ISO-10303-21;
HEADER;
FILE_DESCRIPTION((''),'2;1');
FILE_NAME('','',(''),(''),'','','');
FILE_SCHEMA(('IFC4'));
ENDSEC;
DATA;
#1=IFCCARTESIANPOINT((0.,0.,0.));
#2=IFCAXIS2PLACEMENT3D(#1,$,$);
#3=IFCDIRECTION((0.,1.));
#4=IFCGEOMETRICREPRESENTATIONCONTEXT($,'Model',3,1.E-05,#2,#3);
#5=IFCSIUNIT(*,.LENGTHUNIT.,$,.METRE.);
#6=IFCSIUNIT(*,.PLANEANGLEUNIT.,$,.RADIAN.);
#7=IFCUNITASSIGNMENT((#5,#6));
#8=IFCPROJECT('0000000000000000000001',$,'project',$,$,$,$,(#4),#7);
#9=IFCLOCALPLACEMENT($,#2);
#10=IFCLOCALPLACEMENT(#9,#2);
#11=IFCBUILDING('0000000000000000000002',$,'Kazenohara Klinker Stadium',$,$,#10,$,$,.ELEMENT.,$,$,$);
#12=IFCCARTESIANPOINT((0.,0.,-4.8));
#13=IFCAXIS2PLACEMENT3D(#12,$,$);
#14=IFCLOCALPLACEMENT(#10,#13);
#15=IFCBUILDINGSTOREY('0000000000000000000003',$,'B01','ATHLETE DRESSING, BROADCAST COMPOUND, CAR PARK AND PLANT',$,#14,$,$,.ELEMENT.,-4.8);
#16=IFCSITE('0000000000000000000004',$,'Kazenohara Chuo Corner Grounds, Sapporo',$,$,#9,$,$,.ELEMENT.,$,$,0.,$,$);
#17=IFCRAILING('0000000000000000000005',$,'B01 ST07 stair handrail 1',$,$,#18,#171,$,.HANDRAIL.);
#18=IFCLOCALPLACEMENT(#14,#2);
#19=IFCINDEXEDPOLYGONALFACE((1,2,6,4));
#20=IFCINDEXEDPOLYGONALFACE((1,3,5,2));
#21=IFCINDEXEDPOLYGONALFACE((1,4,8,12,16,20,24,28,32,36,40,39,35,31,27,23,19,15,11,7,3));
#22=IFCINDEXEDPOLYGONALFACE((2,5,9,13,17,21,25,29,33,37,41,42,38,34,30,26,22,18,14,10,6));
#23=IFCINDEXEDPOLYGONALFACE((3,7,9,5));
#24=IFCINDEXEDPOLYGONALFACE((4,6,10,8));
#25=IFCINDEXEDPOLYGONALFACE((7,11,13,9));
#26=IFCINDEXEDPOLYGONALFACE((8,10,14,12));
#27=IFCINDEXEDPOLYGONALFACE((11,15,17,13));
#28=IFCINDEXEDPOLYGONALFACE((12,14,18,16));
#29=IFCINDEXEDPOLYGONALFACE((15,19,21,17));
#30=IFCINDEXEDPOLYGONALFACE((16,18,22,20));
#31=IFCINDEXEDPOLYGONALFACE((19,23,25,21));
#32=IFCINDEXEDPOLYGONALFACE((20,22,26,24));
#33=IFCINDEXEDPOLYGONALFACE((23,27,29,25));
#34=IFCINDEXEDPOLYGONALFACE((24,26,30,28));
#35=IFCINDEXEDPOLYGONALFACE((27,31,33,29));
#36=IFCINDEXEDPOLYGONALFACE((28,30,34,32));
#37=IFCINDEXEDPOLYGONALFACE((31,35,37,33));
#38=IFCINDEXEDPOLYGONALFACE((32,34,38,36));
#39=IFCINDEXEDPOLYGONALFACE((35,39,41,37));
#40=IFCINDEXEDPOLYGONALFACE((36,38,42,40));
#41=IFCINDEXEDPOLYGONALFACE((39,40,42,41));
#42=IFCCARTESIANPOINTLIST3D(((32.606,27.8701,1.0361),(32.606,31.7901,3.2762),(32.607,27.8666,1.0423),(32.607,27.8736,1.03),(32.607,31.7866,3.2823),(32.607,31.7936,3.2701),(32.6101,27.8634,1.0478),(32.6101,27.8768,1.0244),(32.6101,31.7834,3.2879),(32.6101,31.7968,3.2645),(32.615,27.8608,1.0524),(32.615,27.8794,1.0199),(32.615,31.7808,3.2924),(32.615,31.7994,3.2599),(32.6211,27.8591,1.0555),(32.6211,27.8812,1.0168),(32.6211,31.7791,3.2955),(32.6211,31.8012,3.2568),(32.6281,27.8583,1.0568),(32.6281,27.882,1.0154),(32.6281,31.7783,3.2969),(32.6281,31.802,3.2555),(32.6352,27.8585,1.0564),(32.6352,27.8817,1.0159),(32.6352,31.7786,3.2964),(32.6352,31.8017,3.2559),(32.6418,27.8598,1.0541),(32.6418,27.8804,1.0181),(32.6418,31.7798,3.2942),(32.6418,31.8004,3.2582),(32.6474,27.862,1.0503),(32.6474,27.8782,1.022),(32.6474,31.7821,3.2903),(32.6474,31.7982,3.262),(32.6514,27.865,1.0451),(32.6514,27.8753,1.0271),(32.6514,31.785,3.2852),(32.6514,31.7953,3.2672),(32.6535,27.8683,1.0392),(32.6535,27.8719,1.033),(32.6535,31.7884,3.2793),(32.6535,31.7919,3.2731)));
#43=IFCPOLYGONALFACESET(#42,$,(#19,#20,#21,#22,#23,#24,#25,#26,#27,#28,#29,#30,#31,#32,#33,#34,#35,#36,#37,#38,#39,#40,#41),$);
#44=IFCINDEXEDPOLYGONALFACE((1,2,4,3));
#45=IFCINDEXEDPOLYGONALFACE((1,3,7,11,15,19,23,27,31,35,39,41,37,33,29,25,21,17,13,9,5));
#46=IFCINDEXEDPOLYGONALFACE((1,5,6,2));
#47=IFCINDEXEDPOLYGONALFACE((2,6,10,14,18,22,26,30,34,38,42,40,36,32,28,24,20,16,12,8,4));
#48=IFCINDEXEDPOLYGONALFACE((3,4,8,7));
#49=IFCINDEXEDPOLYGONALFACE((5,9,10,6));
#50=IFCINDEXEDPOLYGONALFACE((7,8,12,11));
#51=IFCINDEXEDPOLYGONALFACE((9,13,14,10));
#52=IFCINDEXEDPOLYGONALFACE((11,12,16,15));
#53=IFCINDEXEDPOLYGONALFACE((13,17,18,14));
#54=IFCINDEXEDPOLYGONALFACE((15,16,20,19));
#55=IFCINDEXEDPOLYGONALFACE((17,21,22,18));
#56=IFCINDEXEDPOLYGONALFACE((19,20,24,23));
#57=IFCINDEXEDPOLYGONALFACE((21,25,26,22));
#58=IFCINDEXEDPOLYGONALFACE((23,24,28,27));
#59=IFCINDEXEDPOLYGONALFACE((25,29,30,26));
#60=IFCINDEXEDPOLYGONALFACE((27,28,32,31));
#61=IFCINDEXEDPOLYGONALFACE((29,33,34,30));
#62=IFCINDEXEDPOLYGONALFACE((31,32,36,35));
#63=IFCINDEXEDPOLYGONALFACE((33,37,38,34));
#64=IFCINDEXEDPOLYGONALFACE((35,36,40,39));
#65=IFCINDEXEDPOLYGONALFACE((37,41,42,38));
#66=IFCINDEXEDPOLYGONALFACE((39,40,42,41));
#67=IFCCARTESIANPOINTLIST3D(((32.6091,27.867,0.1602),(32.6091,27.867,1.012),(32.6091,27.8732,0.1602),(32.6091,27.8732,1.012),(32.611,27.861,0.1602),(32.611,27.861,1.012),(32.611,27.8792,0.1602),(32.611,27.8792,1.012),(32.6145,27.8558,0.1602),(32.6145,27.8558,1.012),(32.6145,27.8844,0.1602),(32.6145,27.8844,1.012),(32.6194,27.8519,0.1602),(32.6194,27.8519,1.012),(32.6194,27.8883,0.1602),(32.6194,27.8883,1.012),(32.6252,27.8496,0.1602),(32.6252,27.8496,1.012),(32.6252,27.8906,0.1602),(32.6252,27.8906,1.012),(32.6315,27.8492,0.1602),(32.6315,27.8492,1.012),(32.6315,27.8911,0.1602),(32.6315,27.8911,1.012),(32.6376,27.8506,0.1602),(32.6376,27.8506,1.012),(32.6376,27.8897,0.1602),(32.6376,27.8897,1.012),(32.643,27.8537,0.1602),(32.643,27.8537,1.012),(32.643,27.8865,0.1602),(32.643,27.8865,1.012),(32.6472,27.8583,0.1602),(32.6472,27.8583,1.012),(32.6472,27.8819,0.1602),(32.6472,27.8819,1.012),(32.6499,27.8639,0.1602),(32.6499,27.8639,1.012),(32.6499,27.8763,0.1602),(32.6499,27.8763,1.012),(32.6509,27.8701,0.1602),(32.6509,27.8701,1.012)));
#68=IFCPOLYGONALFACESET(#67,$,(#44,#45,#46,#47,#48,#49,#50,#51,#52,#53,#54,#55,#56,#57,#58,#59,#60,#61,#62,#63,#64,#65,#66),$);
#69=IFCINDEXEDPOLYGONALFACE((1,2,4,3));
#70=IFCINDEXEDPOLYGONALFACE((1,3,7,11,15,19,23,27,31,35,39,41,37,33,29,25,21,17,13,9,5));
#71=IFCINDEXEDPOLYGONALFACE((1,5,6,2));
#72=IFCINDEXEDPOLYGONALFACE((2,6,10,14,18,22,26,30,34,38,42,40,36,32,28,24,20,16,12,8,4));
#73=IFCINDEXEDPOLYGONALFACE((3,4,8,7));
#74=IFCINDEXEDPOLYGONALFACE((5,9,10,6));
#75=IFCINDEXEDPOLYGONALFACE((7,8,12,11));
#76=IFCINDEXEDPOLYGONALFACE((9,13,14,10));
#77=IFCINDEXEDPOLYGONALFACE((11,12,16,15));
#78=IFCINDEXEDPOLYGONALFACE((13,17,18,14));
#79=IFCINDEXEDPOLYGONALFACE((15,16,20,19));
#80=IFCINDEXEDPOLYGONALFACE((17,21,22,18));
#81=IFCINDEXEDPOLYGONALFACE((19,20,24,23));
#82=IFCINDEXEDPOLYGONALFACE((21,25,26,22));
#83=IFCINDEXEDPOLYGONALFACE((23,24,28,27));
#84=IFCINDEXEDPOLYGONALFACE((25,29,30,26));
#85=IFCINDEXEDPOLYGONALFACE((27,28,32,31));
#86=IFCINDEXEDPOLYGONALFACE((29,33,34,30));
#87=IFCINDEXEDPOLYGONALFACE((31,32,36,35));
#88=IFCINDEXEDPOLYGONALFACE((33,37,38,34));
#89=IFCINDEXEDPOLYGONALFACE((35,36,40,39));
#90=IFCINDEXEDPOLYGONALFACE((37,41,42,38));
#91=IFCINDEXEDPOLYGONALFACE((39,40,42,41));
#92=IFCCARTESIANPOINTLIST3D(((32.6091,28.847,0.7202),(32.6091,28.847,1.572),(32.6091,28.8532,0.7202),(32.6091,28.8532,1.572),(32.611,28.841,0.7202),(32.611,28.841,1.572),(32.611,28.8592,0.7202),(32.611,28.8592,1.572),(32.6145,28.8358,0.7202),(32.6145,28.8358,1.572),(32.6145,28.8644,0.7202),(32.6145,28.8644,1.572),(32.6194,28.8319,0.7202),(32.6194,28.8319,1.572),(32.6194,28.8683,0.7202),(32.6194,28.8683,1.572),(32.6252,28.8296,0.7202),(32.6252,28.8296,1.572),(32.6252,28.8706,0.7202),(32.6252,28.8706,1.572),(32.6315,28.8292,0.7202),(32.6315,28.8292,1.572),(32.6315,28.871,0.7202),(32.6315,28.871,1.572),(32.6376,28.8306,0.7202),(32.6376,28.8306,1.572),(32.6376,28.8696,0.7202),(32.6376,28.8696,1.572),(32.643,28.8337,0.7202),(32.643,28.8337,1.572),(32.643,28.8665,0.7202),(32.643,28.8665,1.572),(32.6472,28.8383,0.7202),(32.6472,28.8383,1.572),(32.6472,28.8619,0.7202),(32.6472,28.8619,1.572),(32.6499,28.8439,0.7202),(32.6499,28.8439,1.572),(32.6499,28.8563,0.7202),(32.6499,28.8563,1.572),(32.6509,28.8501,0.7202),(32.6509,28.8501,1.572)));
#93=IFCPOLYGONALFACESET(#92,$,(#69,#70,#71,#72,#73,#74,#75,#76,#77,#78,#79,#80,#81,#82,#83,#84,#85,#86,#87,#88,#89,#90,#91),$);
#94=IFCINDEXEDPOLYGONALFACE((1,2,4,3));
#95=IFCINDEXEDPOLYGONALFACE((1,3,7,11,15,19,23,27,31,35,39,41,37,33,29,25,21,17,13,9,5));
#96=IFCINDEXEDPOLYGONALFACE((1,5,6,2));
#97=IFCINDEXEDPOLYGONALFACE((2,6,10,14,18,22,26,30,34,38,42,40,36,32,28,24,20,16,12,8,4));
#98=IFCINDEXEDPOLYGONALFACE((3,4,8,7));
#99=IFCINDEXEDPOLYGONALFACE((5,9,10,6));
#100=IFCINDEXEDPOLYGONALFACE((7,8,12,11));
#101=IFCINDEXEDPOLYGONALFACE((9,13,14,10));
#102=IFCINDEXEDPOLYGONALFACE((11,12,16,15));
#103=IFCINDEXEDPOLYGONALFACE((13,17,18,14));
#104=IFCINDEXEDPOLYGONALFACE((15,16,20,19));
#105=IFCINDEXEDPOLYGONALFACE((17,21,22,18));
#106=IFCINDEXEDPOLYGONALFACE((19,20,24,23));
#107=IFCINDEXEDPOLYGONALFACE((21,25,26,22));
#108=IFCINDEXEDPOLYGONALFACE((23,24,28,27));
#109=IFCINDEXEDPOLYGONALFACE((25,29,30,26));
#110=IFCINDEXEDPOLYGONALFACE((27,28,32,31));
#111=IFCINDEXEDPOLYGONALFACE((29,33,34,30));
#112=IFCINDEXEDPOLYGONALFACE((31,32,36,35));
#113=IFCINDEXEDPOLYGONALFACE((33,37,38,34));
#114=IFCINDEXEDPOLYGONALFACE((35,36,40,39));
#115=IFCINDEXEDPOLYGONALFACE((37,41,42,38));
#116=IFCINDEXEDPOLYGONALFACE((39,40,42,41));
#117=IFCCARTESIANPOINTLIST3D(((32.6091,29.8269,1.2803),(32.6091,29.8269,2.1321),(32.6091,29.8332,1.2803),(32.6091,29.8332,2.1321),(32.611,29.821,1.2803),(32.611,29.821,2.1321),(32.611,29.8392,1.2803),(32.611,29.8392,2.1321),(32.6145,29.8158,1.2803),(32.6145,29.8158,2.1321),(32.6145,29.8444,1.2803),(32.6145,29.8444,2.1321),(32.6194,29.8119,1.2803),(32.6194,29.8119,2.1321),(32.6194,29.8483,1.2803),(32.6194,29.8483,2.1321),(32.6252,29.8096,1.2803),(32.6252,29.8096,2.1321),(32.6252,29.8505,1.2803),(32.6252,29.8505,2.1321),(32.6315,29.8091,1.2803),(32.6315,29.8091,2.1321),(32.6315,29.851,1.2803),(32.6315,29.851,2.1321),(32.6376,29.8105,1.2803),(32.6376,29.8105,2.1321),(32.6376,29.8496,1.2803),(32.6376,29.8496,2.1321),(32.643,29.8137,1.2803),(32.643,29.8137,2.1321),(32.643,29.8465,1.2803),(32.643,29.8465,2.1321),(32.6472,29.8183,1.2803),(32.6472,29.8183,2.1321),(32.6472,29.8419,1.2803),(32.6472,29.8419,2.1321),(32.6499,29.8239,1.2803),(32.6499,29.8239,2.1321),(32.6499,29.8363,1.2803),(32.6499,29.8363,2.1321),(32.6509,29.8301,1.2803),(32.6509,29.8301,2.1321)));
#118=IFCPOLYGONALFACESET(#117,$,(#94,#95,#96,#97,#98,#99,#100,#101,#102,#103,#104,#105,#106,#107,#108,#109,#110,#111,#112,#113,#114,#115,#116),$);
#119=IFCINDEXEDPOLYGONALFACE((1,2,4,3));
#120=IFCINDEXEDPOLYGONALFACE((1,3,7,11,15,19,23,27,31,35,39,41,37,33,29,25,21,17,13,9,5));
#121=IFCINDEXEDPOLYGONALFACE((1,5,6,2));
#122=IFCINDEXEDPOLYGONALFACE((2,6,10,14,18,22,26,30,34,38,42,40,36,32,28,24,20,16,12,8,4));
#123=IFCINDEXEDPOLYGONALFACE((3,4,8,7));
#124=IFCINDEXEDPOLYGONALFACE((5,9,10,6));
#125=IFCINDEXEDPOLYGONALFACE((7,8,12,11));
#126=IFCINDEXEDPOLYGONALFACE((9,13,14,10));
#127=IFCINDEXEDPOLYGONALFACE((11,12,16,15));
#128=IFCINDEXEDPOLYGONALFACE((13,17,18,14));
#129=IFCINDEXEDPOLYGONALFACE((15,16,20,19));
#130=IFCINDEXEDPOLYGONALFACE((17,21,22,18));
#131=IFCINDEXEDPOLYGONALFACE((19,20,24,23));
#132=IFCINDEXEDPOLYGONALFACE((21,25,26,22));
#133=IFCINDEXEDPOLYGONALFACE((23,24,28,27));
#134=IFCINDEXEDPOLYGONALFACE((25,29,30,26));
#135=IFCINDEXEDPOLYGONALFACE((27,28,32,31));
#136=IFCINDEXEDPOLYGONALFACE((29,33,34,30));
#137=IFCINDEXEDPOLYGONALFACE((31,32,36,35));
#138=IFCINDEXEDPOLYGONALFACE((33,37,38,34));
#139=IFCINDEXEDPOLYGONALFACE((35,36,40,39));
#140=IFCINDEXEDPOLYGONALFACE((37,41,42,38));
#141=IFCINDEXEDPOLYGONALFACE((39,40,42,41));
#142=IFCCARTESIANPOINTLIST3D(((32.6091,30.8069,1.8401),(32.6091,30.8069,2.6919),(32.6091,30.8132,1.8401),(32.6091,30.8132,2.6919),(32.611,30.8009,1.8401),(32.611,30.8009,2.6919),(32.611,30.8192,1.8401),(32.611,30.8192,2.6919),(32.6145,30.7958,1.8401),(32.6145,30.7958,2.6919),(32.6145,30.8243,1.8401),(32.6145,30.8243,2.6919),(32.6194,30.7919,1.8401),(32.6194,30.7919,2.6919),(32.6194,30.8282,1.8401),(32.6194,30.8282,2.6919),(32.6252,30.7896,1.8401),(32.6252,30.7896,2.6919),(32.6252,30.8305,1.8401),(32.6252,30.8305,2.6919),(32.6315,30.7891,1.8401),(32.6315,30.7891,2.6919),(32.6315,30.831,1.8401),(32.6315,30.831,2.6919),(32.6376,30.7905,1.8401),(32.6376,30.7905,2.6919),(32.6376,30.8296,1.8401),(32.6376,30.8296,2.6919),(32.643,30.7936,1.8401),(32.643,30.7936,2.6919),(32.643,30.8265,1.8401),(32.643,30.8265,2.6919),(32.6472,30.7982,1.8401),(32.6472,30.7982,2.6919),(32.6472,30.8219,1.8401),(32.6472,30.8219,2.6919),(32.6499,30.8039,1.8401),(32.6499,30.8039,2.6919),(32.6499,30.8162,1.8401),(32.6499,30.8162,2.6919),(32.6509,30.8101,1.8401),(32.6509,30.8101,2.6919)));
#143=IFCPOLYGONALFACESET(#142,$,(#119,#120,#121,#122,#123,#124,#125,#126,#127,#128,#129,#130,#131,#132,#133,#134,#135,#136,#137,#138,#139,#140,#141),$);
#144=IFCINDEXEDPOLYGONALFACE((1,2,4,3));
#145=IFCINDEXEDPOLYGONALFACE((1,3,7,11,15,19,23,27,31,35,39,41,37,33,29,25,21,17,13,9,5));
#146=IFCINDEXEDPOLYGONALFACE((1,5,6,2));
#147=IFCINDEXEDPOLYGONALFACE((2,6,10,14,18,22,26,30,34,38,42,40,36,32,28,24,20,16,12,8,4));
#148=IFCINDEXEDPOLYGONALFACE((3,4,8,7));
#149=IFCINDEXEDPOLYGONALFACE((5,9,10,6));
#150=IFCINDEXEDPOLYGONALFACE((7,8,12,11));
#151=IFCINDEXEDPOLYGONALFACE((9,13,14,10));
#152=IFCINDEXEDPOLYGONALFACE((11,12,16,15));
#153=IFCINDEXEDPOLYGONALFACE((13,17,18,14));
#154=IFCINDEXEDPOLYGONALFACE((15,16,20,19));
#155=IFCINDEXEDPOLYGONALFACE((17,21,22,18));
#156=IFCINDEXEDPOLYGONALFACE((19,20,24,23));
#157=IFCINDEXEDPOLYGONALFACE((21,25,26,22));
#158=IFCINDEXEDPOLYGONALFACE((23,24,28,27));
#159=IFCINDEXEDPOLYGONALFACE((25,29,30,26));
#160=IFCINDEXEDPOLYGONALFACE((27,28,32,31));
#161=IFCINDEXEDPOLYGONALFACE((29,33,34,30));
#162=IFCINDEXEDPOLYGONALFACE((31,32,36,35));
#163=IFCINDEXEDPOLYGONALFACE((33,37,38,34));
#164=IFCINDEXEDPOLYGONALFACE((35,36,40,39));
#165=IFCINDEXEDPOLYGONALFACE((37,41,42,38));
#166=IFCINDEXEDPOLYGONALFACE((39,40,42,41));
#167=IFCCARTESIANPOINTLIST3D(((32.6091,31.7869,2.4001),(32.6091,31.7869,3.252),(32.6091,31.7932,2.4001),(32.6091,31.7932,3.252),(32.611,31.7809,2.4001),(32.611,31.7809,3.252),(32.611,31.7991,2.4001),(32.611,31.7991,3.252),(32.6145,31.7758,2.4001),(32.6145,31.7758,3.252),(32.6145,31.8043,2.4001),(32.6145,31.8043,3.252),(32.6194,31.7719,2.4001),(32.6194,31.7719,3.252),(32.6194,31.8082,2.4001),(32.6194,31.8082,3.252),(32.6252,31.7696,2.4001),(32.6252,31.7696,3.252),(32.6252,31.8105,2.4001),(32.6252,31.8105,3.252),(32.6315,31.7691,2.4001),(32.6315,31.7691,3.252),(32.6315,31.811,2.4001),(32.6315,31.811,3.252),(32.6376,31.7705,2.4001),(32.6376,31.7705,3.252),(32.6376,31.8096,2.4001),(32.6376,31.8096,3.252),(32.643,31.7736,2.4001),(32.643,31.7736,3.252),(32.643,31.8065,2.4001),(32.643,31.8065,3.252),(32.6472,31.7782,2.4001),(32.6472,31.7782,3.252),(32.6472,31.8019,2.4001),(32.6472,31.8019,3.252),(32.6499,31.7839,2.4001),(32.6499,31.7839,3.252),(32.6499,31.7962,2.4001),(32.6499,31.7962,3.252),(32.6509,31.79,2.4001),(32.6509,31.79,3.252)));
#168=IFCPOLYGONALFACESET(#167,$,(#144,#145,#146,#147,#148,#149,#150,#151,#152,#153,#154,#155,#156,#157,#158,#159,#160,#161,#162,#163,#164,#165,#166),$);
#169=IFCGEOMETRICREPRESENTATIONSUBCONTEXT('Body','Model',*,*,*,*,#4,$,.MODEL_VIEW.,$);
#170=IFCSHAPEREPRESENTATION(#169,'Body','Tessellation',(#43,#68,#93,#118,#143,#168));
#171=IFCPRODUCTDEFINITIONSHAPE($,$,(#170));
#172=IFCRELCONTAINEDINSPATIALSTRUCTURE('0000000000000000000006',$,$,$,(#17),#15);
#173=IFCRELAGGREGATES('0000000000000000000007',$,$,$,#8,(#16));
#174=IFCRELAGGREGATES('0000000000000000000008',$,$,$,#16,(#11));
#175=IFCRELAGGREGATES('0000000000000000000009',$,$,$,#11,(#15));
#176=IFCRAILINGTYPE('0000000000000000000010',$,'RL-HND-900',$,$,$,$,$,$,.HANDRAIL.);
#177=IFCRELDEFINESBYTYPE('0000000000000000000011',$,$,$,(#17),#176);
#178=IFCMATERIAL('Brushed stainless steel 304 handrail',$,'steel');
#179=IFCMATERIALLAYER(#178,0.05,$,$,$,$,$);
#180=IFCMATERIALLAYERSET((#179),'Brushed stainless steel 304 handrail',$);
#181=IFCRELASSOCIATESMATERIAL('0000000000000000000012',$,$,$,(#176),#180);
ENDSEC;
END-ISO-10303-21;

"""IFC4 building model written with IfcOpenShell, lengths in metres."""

from ifc_helpers import new_model, si_unit, direction, frame, origin, origin_2d, place, context, subcontext, project, spatial, circle, extrude, material, layer, layer_set, type_object, element, save


model = new_model("IFC4")

# Units and contexts
model_context = context("Model", 3, precision=1e-05, world=origin(), true_north=direction((0.0, 1.0)))
body_context = subcontext(model_context, "Body", "Model", "MODEL_VIEW")
ifc_project = project(units=[si_unit("LENGTHUNIT", "METRE"), si_unit("PLANEANGLEUNIT", "RADIAN")], contexts=[model_context])

# Site, building, storey
site_placement = place(None, origin())
site = spatial("IfcSite", under=ifc_project, at=site_placement, Name="Kazenohara Chuo Corner Grounds, Sapporo", CompositionType="ELEMENT", RefElevation=0.0)
building_placement = place(site_placement, origin())
building = spatial("IfcBuilding", under=site, at=building_placement, Name="Kazenohara Klinker Stadium", CompositionType="ELEMENT")
storey_placement = place(building_placement, frame((0.0, 0.0, -4.8)))
storey = spatial("IfcBuildingStorey", under=building, at=storey_placement, Name="B01", Description="ATHLETE DRESSING, BROADCAST COMPOUND, CAR PARK AND PLANT", CompositionType="ELEMENT", Elevation=-4.8)

# Railing
ifc_material_1 = material(Name="Brushed stainless steel 304 handrail", Category="steel")
ifc_layer_1 = layer(ifc_material_1, 0.05)
ifc_layer_set_1 = layer_set([ifc_layer_1], Name="Brushed stainless steel 304 handrail")
railing_type_1 = type_object("IfcRailingType", Name="RL-HND-900", PredefinedType="HANDRAIL", material=ifc_layer_set_1)
railing_1_placement = place(storey_placement, frame((32.6299, 27.8701, 0.1602)))
element("IfcRailing", 1, at=railing_1_placement, inside=storey, type_object=railing_type_1, Name="B01 ST07 stair handrail 1", PredefinedType="HANDRAIL", context=body_context, shape_type="SweptSolid", body=[
    extrude(circle(Radius=0.0239, at=origin_2d()), frame((0.0, 0.0, 0.876), z_axis=(0.0, 0.86824, 0.496145), x_axis=(-1.0, 0.0, 0.0)), (0.0, 0.0, 1.0), 4.5149),
    extrude(circle(Radius=0.021, at=origin_2d()), origin(), (0.0, 0.0, 1.0), 0.8518),
    extrude(circle(Radius=0.021, at=origin_2d()), frame((0.0, 0.98, 0.5601)), (0.0, 0.0, 1.0), 0.8518),
    extrude(circle(Radius=0.021, at=origin_2d()), frame((0.0, 1.96, 1.1201)), (0.0, 0.0, 1.0), 0.8518),
    extrude(circle(Radius=0.021, at=origin_2d()), frame((0.0, 2.9399, 1.6799)), (0.0, 0.0, 1.0), 0.8518),
    extrude(circle(Radius=0.021, at=origin_2d()), frame((0.0, 3.9199, 2.24)), (0.0, 0.0, 1.0), 0.8518),
])

save(model, "model.ifc")
